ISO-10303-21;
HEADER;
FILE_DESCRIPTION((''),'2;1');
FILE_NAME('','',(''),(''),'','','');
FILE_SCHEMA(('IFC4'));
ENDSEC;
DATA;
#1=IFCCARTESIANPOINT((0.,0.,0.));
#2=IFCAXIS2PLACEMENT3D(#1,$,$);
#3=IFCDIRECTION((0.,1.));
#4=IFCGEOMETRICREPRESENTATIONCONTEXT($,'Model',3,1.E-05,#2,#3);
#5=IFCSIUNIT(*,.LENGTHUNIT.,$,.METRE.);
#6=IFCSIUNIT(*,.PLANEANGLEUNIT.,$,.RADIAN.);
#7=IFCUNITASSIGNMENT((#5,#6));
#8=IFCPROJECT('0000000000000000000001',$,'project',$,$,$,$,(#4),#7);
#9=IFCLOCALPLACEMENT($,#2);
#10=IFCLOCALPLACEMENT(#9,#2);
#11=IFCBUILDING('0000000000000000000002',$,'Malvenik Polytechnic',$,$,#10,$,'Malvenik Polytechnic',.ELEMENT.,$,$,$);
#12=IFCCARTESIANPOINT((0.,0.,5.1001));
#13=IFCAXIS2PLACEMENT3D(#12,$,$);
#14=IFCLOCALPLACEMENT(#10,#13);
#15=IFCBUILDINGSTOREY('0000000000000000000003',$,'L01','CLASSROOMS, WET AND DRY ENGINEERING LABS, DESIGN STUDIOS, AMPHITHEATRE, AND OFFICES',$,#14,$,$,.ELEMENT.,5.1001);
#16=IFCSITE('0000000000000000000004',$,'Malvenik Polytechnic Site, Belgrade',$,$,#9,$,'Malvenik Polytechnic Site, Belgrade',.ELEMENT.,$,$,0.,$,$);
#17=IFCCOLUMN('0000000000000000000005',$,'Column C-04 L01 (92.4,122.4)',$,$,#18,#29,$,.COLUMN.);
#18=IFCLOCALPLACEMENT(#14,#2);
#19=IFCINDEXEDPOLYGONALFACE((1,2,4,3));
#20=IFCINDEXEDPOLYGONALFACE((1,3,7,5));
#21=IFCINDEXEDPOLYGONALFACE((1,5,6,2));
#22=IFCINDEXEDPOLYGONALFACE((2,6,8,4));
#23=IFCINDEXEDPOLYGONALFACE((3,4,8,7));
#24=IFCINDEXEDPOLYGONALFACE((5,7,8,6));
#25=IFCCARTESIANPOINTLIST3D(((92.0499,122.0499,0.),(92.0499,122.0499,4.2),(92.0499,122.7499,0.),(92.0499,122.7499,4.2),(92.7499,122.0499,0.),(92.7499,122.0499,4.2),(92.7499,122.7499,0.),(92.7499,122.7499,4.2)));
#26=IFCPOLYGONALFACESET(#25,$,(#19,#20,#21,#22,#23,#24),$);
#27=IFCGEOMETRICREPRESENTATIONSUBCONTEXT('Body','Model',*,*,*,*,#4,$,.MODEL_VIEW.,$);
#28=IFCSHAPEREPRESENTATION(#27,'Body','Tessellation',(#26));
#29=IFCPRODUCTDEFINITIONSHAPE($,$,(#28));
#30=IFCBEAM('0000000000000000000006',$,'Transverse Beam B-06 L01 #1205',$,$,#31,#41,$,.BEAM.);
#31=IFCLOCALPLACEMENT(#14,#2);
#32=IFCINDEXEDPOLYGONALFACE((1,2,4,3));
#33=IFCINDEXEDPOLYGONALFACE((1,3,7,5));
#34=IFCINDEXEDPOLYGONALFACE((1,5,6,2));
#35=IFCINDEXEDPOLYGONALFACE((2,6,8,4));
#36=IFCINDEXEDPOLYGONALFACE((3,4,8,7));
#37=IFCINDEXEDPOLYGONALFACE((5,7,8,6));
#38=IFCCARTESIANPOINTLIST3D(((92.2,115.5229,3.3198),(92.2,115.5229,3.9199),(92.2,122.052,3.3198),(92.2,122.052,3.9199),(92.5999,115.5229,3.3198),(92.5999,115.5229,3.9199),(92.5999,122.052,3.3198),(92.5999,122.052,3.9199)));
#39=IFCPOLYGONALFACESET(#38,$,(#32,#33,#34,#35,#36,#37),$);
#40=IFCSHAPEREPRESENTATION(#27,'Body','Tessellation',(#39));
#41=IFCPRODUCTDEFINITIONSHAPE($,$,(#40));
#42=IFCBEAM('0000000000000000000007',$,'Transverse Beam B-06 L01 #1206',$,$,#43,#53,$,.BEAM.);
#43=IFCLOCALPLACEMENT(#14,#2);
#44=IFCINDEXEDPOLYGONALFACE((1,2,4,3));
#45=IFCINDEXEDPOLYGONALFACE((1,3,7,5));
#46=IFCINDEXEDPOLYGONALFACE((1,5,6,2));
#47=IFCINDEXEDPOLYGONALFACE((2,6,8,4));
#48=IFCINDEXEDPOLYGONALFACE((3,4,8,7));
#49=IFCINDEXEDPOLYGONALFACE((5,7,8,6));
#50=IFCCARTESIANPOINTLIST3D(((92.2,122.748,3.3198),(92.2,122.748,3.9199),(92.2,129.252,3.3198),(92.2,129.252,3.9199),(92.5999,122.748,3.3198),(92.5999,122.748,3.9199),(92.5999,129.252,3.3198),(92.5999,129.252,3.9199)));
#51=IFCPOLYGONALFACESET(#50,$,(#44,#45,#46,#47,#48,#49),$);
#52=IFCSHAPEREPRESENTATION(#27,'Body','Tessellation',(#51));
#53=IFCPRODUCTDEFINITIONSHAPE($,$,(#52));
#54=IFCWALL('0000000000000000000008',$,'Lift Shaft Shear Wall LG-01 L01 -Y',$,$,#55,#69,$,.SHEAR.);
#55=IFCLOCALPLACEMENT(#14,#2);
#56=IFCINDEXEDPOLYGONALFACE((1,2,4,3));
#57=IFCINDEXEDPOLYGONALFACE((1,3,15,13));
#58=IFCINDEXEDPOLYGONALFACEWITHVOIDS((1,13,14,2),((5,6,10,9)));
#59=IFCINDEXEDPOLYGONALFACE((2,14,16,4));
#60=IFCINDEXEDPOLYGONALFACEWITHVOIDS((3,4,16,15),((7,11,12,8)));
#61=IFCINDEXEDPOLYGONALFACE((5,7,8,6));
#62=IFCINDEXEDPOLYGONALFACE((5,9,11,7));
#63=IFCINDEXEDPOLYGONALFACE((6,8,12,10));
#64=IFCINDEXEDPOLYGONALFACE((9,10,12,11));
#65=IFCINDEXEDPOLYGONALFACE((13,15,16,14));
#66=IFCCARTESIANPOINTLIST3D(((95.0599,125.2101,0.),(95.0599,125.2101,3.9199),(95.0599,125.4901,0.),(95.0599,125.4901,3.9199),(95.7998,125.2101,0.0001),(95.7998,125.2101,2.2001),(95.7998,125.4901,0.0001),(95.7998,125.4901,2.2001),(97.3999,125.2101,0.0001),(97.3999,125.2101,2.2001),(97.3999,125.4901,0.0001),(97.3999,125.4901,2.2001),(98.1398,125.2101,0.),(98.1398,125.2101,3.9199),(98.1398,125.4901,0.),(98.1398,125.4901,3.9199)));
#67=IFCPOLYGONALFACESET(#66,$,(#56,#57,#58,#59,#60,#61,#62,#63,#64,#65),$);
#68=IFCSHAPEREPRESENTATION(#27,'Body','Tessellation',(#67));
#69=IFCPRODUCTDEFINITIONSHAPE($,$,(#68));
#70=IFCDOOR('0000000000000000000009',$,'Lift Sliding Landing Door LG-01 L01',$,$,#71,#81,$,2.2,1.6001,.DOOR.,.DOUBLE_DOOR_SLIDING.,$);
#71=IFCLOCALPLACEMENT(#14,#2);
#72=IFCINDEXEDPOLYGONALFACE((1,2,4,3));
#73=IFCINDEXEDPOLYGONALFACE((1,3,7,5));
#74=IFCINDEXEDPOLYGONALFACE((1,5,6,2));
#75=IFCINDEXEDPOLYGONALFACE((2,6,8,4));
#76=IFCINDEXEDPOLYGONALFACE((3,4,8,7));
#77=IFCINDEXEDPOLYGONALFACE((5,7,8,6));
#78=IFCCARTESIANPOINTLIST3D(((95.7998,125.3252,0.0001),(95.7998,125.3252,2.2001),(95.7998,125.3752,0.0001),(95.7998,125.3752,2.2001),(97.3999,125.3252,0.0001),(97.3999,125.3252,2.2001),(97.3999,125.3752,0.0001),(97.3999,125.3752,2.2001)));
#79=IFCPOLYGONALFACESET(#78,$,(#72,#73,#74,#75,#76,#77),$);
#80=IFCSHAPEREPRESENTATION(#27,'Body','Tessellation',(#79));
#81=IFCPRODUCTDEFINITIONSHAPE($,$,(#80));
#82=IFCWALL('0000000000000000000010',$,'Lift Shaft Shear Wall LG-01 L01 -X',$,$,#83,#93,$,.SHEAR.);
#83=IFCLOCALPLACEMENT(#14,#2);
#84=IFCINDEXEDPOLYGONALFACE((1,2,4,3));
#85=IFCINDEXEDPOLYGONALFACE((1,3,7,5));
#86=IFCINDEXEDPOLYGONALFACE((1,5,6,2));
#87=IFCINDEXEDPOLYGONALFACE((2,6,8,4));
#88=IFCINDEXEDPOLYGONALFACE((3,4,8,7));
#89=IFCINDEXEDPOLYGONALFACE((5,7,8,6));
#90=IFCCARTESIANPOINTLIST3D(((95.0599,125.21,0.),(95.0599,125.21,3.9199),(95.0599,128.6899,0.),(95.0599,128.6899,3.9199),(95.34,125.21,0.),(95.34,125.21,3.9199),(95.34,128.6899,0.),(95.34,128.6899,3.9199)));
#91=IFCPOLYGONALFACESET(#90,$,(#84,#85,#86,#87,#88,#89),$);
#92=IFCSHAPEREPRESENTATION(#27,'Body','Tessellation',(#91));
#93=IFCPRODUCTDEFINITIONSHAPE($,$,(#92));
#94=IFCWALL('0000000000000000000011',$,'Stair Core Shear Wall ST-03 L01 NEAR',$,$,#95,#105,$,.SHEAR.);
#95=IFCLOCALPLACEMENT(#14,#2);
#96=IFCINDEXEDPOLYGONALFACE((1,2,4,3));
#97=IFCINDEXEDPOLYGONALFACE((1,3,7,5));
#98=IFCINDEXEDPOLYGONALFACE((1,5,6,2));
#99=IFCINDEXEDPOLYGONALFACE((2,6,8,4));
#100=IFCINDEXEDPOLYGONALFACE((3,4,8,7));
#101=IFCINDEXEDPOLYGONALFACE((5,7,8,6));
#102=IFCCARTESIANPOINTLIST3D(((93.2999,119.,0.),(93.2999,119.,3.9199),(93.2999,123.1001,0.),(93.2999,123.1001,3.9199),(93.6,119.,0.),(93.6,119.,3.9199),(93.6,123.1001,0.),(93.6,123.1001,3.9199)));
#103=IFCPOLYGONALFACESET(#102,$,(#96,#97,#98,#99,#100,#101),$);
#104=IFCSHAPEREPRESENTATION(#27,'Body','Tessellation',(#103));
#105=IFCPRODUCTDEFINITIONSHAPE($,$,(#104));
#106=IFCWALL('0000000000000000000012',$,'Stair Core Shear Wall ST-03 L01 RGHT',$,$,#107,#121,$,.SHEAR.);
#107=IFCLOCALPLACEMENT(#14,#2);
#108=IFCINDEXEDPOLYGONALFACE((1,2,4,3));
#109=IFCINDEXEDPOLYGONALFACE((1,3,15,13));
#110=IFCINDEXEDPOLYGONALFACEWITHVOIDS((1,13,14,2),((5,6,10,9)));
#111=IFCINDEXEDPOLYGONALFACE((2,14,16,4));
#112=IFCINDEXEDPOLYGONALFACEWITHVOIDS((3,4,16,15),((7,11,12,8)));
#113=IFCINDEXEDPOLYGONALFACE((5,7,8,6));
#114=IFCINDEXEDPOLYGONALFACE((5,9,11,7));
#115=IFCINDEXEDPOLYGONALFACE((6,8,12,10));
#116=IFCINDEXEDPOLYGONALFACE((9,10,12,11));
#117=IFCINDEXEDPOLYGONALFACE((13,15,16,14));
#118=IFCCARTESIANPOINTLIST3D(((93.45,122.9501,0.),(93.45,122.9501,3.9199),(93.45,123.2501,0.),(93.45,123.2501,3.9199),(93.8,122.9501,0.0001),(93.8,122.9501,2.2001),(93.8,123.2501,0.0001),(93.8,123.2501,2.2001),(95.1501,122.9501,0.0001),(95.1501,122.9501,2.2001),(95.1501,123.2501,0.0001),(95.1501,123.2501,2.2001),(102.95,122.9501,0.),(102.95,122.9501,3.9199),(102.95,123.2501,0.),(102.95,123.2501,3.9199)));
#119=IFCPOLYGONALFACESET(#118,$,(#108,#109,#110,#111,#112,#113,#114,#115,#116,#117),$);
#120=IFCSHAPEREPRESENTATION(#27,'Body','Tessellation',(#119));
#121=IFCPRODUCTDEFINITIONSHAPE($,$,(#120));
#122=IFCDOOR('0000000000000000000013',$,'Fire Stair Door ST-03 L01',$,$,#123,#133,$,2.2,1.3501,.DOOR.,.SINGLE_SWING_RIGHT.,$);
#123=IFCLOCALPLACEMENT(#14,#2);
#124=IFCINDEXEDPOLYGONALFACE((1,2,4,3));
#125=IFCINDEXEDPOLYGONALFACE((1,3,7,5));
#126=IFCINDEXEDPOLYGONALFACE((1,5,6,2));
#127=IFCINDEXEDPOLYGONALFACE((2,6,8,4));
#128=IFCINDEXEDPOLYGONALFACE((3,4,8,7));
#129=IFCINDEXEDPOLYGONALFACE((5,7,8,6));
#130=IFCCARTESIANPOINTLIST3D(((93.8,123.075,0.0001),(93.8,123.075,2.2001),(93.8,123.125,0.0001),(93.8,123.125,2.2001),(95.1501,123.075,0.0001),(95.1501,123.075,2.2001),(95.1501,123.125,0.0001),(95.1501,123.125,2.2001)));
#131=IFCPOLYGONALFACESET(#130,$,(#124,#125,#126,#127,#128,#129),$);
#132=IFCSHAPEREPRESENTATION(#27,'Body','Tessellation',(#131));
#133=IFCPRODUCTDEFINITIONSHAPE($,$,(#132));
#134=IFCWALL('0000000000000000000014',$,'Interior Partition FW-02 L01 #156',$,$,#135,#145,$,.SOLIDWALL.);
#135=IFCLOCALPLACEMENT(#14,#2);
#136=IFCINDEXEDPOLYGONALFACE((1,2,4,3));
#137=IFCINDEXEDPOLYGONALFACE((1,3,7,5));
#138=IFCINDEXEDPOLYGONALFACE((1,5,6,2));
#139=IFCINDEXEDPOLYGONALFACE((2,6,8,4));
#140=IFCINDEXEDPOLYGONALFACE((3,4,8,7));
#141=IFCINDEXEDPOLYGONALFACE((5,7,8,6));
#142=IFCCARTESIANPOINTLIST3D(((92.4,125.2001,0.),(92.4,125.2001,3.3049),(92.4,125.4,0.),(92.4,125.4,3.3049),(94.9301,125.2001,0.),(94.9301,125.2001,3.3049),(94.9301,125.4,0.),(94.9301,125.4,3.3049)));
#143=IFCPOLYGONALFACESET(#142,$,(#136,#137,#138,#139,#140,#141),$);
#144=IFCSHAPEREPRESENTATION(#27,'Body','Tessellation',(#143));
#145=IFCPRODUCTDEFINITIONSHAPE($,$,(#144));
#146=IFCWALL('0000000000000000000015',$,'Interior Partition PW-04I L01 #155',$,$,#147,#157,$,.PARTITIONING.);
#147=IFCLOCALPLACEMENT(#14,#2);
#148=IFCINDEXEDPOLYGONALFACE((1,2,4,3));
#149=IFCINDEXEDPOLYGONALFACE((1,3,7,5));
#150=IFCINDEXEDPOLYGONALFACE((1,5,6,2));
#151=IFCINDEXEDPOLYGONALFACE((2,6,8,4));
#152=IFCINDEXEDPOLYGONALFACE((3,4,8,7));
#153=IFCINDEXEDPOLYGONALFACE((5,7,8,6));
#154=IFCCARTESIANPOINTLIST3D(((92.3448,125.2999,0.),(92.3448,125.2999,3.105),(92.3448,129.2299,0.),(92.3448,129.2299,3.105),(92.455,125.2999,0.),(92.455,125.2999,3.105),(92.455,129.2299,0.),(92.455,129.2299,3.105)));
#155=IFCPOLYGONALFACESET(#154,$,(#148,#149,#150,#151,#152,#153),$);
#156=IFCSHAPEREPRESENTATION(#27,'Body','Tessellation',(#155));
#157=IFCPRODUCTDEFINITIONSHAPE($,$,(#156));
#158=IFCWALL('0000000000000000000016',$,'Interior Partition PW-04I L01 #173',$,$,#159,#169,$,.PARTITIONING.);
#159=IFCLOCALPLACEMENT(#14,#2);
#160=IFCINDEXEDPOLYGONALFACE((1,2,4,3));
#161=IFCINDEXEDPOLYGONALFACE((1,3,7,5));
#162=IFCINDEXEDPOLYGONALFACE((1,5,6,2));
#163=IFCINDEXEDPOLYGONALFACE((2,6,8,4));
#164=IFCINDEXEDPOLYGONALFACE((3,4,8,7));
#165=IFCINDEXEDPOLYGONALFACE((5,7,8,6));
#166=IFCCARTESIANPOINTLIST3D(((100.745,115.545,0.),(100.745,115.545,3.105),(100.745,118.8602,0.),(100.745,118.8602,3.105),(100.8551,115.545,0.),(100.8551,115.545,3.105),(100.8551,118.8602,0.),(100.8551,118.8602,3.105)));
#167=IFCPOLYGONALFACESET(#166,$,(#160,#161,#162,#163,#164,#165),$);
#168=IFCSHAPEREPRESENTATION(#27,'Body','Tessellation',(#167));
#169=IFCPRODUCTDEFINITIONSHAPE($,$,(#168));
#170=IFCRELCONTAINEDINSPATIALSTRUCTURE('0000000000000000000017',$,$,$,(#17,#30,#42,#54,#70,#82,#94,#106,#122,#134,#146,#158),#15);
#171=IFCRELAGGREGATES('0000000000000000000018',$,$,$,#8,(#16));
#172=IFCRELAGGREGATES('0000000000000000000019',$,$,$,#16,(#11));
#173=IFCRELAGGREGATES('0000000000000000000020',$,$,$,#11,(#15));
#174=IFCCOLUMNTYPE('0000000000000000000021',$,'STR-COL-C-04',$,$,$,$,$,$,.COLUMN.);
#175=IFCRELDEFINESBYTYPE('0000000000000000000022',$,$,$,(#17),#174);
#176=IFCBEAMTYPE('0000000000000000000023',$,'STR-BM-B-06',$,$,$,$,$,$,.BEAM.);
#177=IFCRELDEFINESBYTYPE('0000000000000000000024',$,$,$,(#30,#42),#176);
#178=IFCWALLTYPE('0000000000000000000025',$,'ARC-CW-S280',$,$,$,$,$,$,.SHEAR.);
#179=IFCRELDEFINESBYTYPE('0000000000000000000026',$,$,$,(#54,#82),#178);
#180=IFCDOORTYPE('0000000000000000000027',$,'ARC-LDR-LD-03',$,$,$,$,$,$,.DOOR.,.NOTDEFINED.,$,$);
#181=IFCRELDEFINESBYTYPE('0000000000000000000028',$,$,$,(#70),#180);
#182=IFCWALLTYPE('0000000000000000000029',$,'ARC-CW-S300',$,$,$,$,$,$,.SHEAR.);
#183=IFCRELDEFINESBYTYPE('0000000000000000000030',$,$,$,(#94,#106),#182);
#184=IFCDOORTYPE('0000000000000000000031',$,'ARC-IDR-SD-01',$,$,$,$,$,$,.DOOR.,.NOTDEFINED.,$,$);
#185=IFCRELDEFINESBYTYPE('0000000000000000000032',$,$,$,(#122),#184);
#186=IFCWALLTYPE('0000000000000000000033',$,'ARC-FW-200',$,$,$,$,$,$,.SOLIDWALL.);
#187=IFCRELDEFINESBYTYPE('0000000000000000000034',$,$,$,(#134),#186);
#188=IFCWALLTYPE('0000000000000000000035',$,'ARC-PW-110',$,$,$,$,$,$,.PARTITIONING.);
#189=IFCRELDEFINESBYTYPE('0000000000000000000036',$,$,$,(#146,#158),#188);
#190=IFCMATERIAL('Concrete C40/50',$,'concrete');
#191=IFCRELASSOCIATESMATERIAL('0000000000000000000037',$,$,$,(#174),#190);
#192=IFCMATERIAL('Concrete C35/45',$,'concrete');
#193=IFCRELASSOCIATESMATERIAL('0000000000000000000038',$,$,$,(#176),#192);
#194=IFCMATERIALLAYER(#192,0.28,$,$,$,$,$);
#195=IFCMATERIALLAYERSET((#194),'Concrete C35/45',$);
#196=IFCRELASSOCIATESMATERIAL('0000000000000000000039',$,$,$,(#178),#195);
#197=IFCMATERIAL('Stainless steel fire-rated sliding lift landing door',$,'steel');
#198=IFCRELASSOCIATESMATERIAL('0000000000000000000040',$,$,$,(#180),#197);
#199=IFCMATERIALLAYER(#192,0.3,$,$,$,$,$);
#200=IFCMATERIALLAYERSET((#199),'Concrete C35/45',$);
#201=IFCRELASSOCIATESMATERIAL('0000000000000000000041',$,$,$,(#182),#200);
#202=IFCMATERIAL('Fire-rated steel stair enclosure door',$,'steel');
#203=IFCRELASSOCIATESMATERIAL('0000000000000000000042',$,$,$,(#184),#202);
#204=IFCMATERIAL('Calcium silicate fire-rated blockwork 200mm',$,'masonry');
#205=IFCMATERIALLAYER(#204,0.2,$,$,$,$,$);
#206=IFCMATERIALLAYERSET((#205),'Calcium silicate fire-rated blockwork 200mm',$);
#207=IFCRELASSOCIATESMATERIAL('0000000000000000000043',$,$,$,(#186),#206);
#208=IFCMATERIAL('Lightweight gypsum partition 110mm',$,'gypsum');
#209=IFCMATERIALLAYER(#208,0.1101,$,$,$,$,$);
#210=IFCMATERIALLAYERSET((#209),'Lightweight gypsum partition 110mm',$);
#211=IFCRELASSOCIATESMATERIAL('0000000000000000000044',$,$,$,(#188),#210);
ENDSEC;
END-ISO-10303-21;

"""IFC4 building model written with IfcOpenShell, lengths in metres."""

from ifc_helpers import new_model, si_unit, direction, frame, frame_2d, origin, origin_2d, place, context, subcontext, project, spatial, rectangle, extrude, material, layer, layer_set, material_profile, profile_set, type_object, element, fill, save


model = new_model("IFC4")

# Units and contexts
model_context = context("Model", 3, precision=1e-05, world=origin(), true_north=direction((0.0, 1.0)))
body_context = subcontext(model_context, "Body", "Model", "MODEL_VIEW")
ifc_project = project(units=[si_unit("LENGTHUNIT", "METRE"), si_unit("PLANEANGLEUNIT", "RADIAN")], contexts=[model_context])

# Site, building, storey
site_placement = place(None, origin())
site = spatial("IfcSite", under=ifc_project, at=site_placement, Name="Malvenik Polytechnic Site, Belgrade", LongName="Malvenik Polytechnic Site, Belgrade", CompositionType="ELEMENT", RefElevation=0.0)
building_placement = place(site_placement, origin())
building = spatial("IfcBuilding", under=site, at=building_placement, Name="Malvenik Polytechnic", LongName="Malvenik Polytechnic", CompositionType="ELEMENT")
storey_placement = place(building_placement, frame((0.0, 0.0, 5.1001)))
storey = spatial("IfcBuildingStorey", under=building, at=storey_placement, Name="L01", Description="CLASSROOMS, WET AND DRY ENGINEERING LABS, DESIGN STUDIOS, AMPHITHEATRE, AND OFFICES", CompositionType="ELEMENT", Elevation=5.1001)

# Column
ifc_material_1 = material(Name="Concrete C40/50", Category="concrete")
ifc_material_profile_1 = material_profile(ifc_material_1, rectangle(XDim=0.7, YDim=0.7, at=origin_2d()), Name="RC COL 700x700")
ifc_profile_set_1 = profile_set([ifc_material_profile_1], Name="Concrete C40/50")
column_type = type_object("IfcColumnType", Name="STR-COL-C-04", PredefinedType="COLUMN", material=ifc_profile_set_1)
column_placement = place(storey_placement, frame((92.3999, 122.3999, 0.0), z_axis=(0.0, 0.0, 1.0), x_axis=(1.0, 0.0, 0.0)))
element("IfcColumn", 1, at=column_placement, inside=storey, type_object=column_type, Name="Column C-04 L01 (92.4,122.4)", PredefinedType="COLUMN", context=body_context, shape_type="SweptSolid", body=[
    extrude(rectangle(XDim=0.7, YDim=0.7, at=origin_2d()), origin(), (0.0, 0.0, 1.0), 4.2),
])

# Beams
ifc_material_2 = material(Name="Concrete C35/45", Category="concrete")
ifc_material_profile_2 = material_profile(ifc_material_2, rectangle(XDim=0.3999, YDim=0.6001, at=origin_2d()), Name="RC BM 400x600")
ifc_profile_set_2 = profile_set([ifc_material_profile_2], Name="Concrete C35/45")
beam_type = type_object("IfcBeamType", Name="STR-BM-B-06", PredefinedType="BEAM", material=ifc_profile_set_2)
beam_1_placement = place(storey_placement, frame((92.3999, 115.5229, 3.6199), z_axis=(0.0, 1.0, 0.0), x_axis=(-1.0, 0.0, 0.0)))
element("IfcBeam", 2, at=beam_1_placement, inside=storey, type_object=beam_type, Name="Transverse Beam B-06 L01 #1205", PredefinedType="BEAM", context=body_context, shape_type="SweptSolid", body=[
    extrude(rectangle(XDim=0.3999, YDim=0.6001, at=origin_2d()), origin(), (0.0, 0.0, 1.0), 6.5291),
])
beam_2_placement = place(storey_placement, frame((92.3999, 122.748, 3.6199), z_axis=(0.0, 1.0, 0.0), x_axis=(-1.0, 0.0, 0.0)))
element("IfcBeam", 3, at=beam_2_placement, inside=storey, type_object=beam_type, Name="Transverse Beam B-06 L01 #1206", PredefinedType="BEAM", context=body_context, shape_type="SweptSolid", body=[
    extrude(rectangle(XDim=0.3999, YDim=0.6001, at=origin_2d()), origin(), (0.0, 0.0, 1.0), 6.5039),
])

# Wall, opening, door
ifc_layer_1 = layer(ifc_material_2, 0.28)
ifc_layer_set_1 = layer_set([ifc_layer_1], Name="Concrete C35/45")
wall_type_1 = type_object("IfcWallType", Name="ARC-CW-S280", PredefinedType="SHEAR", material=ifc_layer_set_1)
wall_1_placement = place(storey_placement, frame((98.1399, 125.3501, 0.0), z_axis=(0.0, 0.0, 1.0), x_axis=(-1.0, 0.0, 0.0)))
wall_1 = element("IfcWall", 4, at=wall_1_placement, inside=storey, type_object=wall_type_1, Name="Lift Shaft Shear Wall LG-01 L01 -Y", PredefinedType="SHEAR", context=body_context, shape_type="SweptSolid", body=[
    extrude(rectangle(XDim=3.0798, YDim=0.28, at=frame_2d((1.54, 0.0))), origin(), (0.0, 0.0, 1.0), 3.9199),
])
opening_1_placement = place(wall_1_placement, frame((0.74, 0.0, 0.0)))
opening_1 = element("IfcOpeningElement", 5, at=opening_1_placement, cuts=wall_1, PredefinedType="OPENING", context=body_context, shape_type="SweptSolid", body=[
    extrude(rectangle(XDim=1.6001, YDim=2.2, at=frame_2d((0.8, 1.1001))), frame((0.0, 0.1499, 0.0), z_axis=(0.0, -1.0, 0.0), x_axis=(1.0, 0.0, 0.0)), (0.0, 0.0, 1.0), 0.3),
])
ifc_material_3 = material(Name="Stainless steel fire-rated sliding lift landing door", Category="steel")
door_type_1 = type_object("IfcDoorType", Name="ARC-LDR-LD-03", OperationType="NOTDEFINED", PredefinedType="DOOR", material=ifc_material_3)
door_1_placement = place(opening_1_placement, origin())
door_1 = element("IfcDoor", 6, at=door_1_placement, inside=storey, type_object=door_type_1, Name="Lift Sliding Landing Door LG-01 L01", OperationType="DOUBLE_DOOR_SLIDING", OverallHeight=2.2, OverallWidth=1.6001, PredefinedType="DOOR", context=body_context, shape_type="SweptSolid", body=[
    extrude(rectangle(XDim=1.6001, YDim=2.2, at=frame_2d((0.8, 1.1001))), frame((0.0, 0.0249, 0.0), z_axis=(0.0, -1.0, 0.0), x_axis=(1.0, 0.0, 0.0)), (0.0, 0.0, 1.0), 0.05),
])
fill(opening_1, door_1)

# Walls
wall_2_placement = place(storey_placement, frame((95.2, 125.21, 0.0), z_axis=(0.0, 0.0, 1.0), x_axis=(0.0, 1.0, 0.0)))
element("IfcWall", 7, at=wall_2_placement, inside=storey, type_object=wall_type_1, Name="Lift Shaft Shear Wall LG-01 L01 -X", PredefinedType="SHEAR", context=body_context, shape_type="SweptSolid", body=[
    extrude(rectangle(XDim=3.48, YDim=0.28, at=frame_2d((1.74, 0.0))), origin(), (0.0, 0.0, 1.0), 3.9199),
])
ifc_layer_2 = layer(ifc_material_2, 0.3)
ifc_layer_set_2 = layer_set([ifc_layer_2], Name="Concrete C35/45")
wall_type_2 = type_object("IfcWallType", Name="ARC-CW-S300", PredefinedType="SHEAR", material=ifc_layer_set_2)
wall_3_placement = place(storey_placement, frame((93.45, 119.0, 0.0), z_axis=(0.0, 0.0, 1.0), x_axis=(0.0, 1.0, 0.0)))
element("IfcWall", 8, at=wall_3_placement, inside=storey, type_object=wall_type_2, Name="Stair Core Shear Wall ST-03 L01 NEAR", PredefinedType="SHEAR", context=body_context, shape_type="SweptSolid", body=[
    extrude(rectangle(XDim=4.1001, YDim=0.3, at=frame_2d((2.05, 0.0))), origin(), (0.0, 0.0, 1.0), 3.9199),
])

# Wall, opening, door
wall_4_placement = place(storey_placement, frame((93.45, 123.1001, 0.0), z_axis=(0.0, 0.0, 1.0), x_axis=(1.0, 0.0, 0.0)))
wall_4 = element("IfcWall", 9, at=wall_4_placement, inside=storey, type_object=wall_type_2, Name="Stair Core Shear Wall ST-03 L01 RGHT", PredefinedType="SHEAR", context=body_context, shape_type="SweptSolid", body=[
    extrude(rectangle(XDim=9.5, YDim=0.3, at=frame_2d((4.75, 0.0))), origin(), (0.0, 0.0, 1.0), 3.9199),
])
opening_2_placement = place(wall_4_placement, frame((0.3501, 0.0, 0.0)))
opening_2 = element("IfcOpeningElement", 10, at=opening_2_placement, cuts=wall_4, PredefinedType="OPENING", context=body_context, shape_type="SweptSolid", body=[
    extrude(rectangle(XDim=1.3501, YDim=2.2, at=frame_2d((0.675, 1.1001))), frame((0.0, 0.1602, 0.0), z_axis=(0.0, -1.0, 0.0), x_axis=(1.0, 0.0, 0.0)), (0.0, 0.0, 1.0), 0.3201),
])
ifc_material_4 = material(Name="Fire-rated steel stair enclosure door", Category="steel")
door_type_2 = type_object("IfcDoorType", Name="ARC-IDR-SD-01", OperationType="NOTDEFINED", PredefinedType="DOOR", material=ifc_material_4)
door_2_placement = place(opening_2_placement, origin())
door_2 = element("IfcDoor", 11, at=door_2_placement, inside=storey, type_object=door_type_2, Name="Fire Stair Door ST-03 L01", OperationType="SINGLE_SWING_RIGHT", OverallHeight=2.2, OverallWidth=1.3501, PredefinedType="DOOR", context=body_context, shape_type="SweptSolid", body=[
    extrude(rectangle(XDim=1.3501, YDim=2.2, at=frame_2d((0.675, 1.1001))), frame((0.0, 0.0249, 0.0), z_axis=(0.0, -1.0, 0.0), x_axis=(1.0, 0.0, 0.0)), (0.0, 0.0, 1.0), 0.05),
])
fill(opening_2, door_2)

# Walls
ifc_material_5 = material(Name="Calcium silicate fire-rated blockwork 200mm", Category="masonry")
ifc_layer_3 = layer(ifc_material_5, 0.2)
ifc_layer_set_3 = layer_set([ifc_layer_3], Name="Calcium silicate fire-rated blockwork 200mm")
wall_type_3 = type_object("IfcWallType", Name="ARC-FW-200", PredefinedType="SOLIDWALL", material=ifc_layer_set_3)
wall_5_placement = place(storey_placement, frame((92.3999, 125.3, 0.0), z_axis=(0.0, 0.0, 1.0), x_axis=(1.0, 0.0, 0.0)))
element("IfcWall", 12, at=wall_5_placement, inside=storey, type_object=wall_type_3, Name="Interior Partition FW-02 L01 #156", PredefinedType="SOLIDWALL", context=body_context, shape_type="SweptSolid", body=[
    extrude(rectangle(XDim=2.53, YDim=0.2, at=frame_2d((1.2651, 0.0))), origin(), (0.0, 0.0, 1.0), 3.3049),
])
ifc_material_6 = material(Name="Lightweight gypsum partition 110mm", Category="gypsum")
ifc_layer_4 = layer(ifc_material_6, 0.1101)
ifc_layer_set_4 = layer_set([ifc_layer_4], Name="Lightweight gypsum partition 110mm")
wall_type_4 = type_object("IfcWallType", Name="ARC-PW-110", PredefinedType="PARTITIONING", material=ifc_layer_set_4)
wall_6_placement = place(storey_placement, frame((92.3999, 125.3, 0.0), z_axis=(0.0, 0.0, 1.0), x_axis=(0.0, 1.0, 0.0)))
element("IfcWall", 13, at=wall_6_placement, inside=storey, type_object=wall_type_4, Name="Interior Partition PW-04I L01 #155", PredefinedType="PARTITIONING", context=body_context, shape_type="SweptSolid", body=[
    extrude(rectangle(XDim=3.9299, YDim=0.1101, at=frame_2d((1.9648, 0.0))), origin(), (0.0, 0.0, 1.0), 3.105),
])
wall_7_placement = place(storey_placement, frame((100.8, 115.5449, 0.0), z_axis=(0.0, 0.0, 1.0), x_axis=(0.0, 1.0, 0.0)))
element("IfcWall", 14, at=wall_7_placement, inside=storey, type_object=wall_type_4, Name="Interior Partition PW-04I L01 #173", PredefinedType="PARTITIONING", context=body_context, shape_type="SweptSolid", body=[
    extrude(rectangle(XDim=3.3152, YDim=0.1101, at=frame_2d((1.6577, 0.0))), origin(), (0.0, 0.0, 1.0), 3.105),
])

save(model, "model.ifc")
